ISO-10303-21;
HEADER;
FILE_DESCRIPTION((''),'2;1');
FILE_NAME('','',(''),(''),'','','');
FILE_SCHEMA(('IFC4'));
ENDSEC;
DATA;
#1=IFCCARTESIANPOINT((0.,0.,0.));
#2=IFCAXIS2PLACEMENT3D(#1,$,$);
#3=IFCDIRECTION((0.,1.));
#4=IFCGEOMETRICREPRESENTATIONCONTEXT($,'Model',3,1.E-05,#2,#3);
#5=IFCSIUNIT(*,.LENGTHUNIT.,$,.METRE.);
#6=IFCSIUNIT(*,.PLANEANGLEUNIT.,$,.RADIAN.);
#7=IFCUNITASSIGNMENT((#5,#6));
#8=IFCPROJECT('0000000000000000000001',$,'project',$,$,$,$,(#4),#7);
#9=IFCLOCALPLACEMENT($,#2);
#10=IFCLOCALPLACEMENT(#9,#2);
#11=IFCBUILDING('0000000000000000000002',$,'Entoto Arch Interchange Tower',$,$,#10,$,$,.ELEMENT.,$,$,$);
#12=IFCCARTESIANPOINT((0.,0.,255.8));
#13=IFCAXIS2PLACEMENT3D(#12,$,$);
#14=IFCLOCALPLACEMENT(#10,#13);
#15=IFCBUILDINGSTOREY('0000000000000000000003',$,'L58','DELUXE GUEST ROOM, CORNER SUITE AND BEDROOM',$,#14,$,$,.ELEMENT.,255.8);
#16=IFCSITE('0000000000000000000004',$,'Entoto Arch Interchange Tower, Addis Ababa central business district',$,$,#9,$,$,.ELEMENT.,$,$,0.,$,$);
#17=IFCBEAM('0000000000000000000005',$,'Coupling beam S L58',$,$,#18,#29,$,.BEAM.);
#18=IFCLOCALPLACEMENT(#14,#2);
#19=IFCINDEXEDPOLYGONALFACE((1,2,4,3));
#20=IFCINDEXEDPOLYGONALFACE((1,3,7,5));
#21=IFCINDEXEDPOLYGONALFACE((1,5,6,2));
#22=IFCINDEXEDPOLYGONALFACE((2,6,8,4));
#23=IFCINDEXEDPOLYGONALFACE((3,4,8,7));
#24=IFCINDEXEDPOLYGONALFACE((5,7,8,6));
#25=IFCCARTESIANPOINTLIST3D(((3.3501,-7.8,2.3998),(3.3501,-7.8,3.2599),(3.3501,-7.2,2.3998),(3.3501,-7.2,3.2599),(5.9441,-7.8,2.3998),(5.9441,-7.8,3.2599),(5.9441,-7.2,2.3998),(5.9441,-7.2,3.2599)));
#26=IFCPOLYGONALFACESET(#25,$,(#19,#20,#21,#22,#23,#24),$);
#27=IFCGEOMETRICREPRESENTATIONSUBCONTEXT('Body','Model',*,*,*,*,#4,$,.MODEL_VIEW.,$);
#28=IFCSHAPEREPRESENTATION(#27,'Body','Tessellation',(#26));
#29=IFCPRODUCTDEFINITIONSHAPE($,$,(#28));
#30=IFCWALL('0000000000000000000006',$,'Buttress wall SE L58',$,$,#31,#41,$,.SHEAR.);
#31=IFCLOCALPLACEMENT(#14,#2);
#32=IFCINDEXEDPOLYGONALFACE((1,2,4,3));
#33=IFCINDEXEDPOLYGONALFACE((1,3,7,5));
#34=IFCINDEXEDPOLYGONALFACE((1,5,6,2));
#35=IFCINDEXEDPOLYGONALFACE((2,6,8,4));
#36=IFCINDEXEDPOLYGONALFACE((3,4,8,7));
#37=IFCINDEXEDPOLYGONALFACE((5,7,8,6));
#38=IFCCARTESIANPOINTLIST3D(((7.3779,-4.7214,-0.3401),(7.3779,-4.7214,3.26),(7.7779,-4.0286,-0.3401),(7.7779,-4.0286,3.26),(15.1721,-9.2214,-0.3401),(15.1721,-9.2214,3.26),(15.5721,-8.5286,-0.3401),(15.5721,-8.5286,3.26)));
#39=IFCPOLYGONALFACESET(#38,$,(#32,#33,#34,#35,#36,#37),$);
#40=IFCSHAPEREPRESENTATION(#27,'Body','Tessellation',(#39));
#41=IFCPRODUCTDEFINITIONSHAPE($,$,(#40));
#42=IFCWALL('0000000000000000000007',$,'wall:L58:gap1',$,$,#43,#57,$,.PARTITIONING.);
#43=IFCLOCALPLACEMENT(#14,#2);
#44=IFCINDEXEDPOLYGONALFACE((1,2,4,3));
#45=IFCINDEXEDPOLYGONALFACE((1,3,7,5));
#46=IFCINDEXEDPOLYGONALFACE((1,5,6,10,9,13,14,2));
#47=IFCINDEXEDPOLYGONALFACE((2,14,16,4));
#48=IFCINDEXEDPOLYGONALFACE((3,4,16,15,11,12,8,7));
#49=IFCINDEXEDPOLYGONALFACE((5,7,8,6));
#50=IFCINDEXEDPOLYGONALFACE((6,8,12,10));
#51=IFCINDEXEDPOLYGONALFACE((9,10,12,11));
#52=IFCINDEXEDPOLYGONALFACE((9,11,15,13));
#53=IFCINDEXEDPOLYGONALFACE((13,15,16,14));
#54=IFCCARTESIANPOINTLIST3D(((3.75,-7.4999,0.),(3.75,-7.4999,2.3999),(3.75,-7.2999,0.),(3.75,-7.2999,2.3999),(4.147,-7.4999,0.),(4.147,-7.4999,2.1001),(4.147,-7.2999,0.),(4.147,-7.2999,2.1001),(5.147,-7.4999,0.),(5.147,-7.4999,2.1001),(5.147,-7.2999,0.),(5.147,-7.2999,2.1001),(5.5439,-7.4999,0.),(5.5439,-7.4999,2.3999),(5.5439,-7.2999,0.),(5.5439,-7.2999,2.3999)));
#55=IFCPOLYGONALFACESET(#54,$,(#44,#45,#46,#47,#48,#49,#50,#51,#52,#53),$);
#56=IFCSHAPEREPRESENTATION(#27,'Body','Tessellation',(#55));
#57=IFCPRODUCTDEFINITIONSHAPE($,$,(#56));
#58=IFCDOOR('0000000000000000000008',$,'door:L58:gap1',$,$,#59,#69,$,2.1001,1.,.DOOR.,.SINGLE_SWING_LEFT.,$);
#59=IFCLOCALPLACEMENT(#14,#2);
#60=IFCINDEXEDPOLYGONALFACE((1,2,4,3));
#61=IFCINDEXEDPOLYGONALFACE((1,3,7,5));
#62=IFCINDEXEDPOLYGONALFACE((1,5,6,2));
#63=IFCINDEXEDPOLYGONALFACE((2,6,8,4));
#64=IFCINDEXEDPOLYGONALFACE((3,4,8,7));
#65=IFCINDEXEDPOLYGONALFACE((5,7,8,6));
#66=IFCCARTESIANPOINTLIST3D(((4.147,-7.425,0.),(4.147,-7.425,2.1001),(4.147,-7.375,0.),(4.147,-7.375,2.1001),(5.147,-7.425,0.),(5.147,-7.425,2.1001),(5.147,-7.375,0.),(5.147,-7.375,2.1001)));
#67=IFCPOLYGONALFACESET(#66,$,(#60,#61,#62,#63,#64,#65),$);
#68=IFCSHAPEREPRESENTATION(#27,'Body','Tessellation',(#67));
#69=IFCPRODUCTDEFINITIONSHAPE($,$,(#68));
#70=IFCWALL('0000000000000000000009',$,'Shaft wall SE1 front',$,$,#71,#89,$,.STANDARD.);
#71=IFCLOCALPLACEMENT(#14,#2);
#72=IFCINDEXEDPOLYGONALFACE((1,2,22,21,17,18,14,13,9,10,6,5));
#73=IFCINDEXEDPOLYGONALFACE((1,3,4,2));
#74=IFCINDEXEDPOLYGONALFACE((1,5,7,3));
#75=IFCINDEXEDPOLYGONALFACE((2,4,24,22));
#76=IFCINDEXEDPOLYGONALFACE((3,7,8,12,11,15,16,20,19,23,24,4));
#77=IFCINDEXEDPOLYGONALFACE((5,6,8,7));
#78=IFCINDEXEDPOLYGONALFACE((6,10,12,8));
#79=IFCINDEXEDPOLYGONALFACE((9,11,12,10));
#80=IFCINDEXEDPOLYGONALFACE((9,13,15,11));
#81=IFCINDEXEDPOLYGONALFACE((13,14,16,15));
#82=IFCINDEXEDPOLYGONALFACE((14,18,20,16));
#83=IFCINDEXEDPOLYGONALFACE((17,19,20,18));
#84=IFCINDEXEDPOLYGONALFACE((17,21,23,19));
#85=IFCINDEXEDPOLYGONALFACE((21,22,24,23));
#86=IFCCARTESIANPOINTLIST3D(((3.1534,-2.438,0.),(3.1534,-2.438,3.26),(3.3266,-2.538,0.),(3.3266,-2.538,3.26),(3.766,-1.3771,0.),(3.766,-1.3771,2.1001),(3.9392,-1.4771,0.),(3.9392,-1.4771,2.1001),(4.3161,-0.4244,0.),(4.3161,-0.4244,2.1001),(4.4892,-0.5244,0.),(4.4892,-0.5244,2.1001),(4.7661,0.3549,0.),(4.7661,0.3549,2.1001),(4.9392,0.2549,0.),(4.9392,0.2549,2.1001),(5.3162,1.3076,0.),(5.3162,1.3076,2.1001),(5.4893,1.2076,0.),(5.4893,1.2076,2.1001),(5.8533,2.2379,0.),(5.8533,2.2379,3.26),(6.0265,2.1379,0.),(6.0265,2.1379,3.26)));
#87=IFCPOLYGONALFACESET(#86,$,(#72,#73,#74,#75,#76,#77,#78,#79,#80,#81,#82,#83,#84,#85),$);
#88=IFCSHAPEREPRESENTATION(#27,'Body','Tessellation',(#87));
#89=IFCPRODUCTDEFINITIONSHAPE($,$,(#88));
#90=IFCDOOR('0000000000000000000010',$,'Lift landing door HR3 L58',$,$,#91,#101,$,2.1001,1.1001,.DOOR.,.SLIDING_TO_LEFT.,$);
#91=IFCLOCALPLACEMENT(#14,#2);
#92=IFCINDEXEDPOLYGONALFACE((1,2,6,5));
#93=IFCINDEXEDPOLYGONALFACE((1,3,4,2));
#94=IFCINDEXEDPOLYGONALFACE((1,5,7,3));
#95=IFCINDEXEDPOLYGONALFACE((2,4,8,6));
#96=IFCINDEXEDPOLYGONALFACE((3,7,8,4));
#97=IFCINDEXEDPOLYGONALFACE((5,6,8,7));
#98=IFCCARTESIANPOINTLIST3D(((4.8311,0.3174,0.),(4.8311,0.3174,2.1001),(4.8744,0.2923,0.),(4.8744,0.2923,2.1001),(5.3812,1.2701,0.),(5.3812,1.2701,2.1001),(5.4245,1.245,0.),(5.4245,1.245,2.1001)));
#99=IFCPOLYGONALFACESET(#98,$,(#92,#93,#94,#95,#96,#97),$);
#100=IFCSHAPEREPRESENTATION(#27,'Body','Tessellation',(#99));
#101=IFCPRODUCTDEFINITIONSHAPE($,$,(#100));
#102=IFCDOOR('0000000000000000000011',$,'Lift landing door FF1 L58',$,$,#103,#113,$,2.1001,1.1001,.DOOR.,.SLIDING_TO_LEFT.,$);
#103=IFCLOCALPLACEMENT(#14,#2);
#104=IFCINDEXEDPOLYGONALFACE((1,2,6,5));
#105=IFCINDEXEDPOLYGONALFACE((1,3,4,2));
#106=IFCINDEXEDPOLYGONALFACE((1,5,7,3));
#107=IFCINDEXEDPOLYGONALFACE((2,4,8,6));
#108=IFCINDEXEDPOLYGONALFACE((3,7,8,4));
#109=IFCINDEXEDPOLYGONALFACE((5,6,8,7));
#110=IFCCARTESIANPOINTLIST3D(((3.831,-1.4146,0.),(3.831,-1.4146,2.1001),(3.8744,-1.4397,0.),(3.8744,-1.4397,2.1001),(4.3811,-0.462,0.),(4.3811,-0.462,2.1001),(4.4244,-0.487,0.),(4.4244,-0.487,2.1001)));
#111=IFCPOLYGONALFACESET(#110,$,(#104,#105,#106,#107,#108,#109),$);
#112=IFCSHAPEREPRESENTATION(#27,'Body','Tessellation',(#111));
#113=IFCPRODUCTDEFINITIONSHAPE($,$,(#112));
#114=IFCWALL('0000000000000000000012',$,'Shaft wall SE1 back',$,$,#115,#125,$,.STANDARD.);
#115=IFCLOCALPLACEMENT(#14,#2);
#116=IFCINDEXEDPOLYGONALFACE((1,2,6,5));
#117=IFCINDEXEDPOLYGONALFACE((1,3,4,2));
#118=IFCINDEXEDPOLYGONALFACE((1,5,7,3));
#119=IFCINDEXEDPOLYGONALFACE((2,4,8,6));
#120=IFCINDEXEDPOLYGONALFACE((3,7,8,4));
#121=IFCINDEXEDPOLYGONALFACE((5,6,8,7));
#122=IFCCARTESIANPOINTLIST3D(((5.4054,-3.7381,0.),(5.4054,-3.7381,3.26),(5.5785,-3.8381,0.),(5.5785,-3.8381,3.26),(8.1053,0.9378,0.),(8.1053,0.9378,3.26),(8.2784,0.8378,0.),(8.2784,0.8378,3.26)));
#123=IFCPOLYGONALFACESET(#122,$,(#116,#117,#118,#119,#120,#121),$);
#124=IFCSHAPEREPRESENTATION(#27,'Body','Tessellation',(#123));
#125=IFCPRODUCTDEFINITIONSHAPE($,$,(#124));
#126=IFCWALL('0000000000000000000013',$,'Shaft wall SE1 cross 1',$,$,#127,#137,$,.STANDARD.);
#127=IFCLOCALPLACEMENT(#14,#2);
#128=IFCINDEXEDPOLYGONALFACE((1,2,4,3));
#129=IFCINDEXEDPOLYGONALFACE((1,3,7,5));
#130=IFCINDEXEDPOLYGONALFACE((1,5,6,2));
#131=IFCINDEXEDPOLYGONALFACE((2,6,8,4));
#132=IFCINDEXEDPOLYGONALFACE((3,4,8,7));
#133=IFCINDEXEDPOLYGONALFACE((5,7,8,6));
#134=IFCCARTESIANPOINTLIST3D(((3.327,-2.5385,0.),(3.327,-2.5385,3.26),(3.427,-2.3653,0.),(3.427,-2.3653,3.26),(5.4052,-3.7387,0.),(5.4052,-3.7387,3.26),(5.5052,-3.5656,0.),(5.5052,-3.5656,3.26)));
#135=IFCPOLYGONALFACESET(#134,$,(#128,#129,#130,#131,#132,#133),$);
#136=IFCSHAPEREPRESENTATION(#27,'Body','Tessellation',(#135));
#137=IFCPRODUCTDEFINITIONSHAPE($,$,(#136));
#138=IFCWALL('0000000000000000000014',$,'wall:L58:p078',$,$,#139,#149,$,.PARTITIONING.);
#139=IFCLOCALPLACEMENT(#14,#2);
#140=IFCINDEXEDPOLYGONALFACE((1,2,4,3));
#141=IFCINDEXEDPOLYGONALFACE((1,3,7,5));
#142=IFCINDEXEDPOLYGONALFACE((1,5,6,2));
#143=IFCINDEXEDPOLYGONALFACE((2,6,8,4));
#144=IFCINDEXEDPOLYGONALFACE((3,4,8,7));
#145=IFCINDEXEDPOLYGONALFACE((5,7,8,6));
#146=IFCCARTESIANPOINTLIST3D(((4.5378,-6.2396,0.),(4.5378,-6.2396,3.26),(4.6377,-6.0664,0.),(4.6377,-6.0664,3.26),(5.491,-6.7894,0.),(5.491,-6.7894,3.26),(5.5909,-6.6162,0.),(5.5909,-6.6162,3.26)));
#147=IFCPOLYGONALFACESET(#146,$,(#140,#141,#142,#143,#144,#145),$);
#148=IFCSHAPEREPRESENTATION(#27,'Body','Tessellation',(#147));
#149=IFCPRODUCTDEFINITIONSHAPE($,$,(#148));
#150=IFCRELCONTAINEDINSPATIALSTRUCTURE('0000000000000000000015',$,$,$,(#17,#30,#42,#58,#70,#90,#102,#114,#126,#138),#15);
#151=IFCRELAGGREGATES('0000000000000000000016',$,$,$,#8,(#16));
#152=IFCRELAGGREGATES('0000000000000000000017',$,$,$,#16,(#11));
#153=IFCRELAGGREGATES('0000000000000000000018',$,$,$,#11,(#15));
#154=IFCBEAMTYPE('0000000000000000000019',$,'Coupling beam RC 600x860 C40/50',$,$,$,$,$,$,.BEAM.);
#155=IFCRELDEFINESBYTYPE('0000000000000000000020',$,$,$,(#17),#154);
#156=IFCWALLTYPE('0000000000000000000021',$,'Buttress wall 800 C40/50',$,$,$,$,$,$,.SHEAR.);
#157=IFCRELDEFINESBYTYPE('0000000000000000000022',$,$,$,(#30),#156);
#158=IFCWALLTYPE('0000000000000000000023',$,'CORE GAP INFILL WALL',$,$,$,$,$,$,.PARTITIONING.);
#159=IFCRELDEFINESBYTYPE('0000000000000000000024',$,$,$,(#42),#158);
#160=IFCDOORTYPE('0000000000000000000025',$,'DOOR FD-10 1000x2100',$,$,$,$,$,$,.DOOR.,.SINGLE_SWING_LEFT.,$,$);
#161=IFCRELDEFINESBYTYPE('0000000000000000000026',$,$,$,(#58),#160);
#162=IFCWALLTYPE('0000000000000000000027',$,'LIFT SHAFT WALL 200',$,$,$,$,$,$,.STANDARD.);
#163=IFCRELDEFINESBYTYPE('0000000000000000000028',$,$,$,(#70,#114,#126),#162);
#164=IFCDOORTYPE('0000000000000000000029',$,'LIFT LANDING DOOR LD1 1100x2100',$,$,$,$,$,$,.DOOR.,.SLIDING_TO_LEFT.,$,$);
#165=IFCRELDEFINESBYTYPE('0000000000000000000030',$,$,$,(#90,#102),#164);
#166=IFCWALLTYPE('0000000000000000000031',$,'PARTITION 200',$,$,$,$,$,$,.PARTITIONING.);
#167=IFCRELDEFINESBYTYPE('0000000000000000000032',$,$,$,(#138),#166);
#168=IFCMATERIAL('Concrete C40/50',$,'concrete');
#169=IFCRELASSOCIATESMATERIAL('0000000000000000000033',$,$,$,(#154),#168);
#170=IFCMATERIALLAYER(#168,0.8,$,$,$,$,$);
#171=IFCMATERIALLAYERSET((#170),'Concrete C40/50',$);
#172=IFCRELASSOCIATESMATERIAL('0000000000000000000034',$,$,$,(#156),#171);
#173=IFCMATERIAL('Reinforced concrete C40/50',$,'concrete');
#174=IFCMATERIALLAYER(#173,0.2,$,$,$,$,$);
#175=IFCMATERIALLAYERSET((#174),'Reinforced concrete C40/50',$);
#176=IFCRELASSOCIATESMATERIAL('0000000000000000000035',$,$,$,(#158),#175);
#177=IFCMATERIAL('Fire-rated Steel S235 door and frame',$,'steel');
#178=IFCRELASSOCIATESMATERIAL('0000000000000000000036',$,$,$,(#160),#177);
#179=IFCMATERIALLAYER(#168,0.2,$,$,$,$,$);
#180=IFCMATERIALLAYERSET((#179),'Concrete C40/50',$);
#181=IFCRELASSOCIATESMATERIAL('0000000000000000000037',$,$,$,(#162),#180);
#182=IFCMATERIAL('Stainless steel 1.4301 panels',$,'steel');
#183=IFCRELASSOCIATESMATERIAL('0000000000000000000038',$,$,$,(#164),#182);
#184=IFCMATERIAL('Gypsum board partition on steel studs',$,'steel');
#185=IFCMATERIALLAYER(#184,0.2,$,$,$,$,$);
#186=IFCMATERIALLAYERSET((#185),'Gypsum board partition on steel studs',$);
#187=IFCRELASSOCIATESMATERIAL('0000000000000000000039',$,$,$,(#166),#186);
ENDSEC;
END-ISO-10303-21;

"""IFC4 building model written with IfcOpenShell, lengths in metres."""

from ifc_helpers import new_model, si_unit, direction, frame, frame_2d, origin, origin_2d, place, context, subcontext, project, spatial, rectangle, extrude, material, layer, layer_set, material_profile, profile_set, type_object, element, fill, save


model = new_model("IFC4")

# Units and contexts
model_context = context("Model", 3, precision=1e-05, world=origin(), true_north=direction((0.0, 1.0)))
body_context = subcontext(model_context, "Body", "Model", "MODEL_VIEW")
ifc_project = project(units=[si_unit("LENGTHUNIT", "METRE"), si_unit("PLANEANGLEUNIT", "RADIAN")], contexts=[model_context])

# Site, building, storey
site_placement = place(None, origin())
site = spatial("IfcSite", under=ifc_project, at=site_placement, Name="Entoto Arch Interchange Tower, Addis Ababa central business district", CompositionType="ELEMENT", RefElevation=0.0)
building_placement = place(site_placement, origin())
building = spatial("IfcBuilding", under=site, at=building_placement, Name="Entoto Arch Interchange Tower", CompositionType="ELEMENT")
storey_placement = place(building_placement, frame((0.0, 0.0, 255.8)))
storey = spatial("IfcBuildingStorey", under=building, at=storey_placement, Name="L58", Description="DELUXE GUEST ROOM, CORNER SUITE AND BEDROOM", CompositionType="ELEMENT", Elevation=255.8)

# Beam
ifc_material_1 = material(Name="Concrete C40/50", Category="concrete")
ifc_material_profile = material_profile(ifc_material_1, rectangle(XDim=0.6001, YDim=0.8601, at=origin_2d()))
ifc_profile_set = profile_set([ifc_material_profile], Name="Concrete C40/50")
beam_type = type_object("IfcBeamType", Name="Coupling beam RC 600x860 C40/50", PredefinedType="BEAM", material=ifc_profile_set)
beam_placement = place(storey_placement, frame((3.3501, -7.5, 2.8298), z_axis=(1.0, 0.0, 0.0), x_axis=(0.0, 1.0, 0.0)))
element("IfcBeam", 1, at=beam_placement, inside=storey, type_object=beam_type, Name="Coupling beam S L58", PredefinedType="BEAM", context=body_context, shape_type="SweptSolid", body=[
    extrude(rectangle(XDim=0.6001, YDim=0.8601, at=origin_2d()), origin(), (0.0, 0.0, 1.0), 2.594),
])

# Wall
ifc_layer_1 = layer(ifc_material_1, 0.8)
ifc_layer_set_1 = layer_set([ifc_layer_1], Name="Concrete C40/50")
wall_type_1 = type_object("IfcWallType", Name="Buttress wall 800 C40/50", PredefinedType="SHEAR", material=ifc_layer_set_1)
wall_1_placement = place(storey_placement, frame((7.5779, -4.375, -0.3401), z_axis=(0.0, 0.0, 1.0), x_axis=(0.866024, -0.500002, 0.0)))
element("IfcWall", 2, at=wall_1_placement, inside=storey, type_object=wall_type_1, Name="Buttress wall SE L58", PredefinedType="SHEAR", context=body_context, shape_type="SweptSolid", body=[
    extrude(rectangle(XDim=9.0, YDim=0.8, at=frame_2d((4.5, 0.0))), origin(), (0.0, 0.0, 1.0), 3.6001),
])

# Wall, opening, door
ifc_material_2 = material(Name="Reinforced concrete C40/50", Category="concrete")
ifc_layer_2 = layer(ifc_material_2, 0.2)
ifc_layer_set_2 = layer_set([ifc_layer_2], Name="Reinforced concrete C40/50")
wall_type_2 = type_object("IfcWallType", Name="CORE GAP INFILL WALL", PredefinedType="PARTITIONING", material=ifc_layer_set_2)
wall_2_placement = place(storey_placement, frame((3.75, -7.3999, 0.0), z_axis=(0.0, 0.0, 1.0), x_axis=(1.0, 0.0, 0.0)))
wall_2 = element("IfcWall", 3, at=wall_2_placement, inside=storey, type_object=wall_type_2, Name="wall:L58:gap1", PredefinedType="PARTITIONING", context=body_context, shape_type="SweptSolid", body=[
    extrude(rectangle(XDim=1.7939, YDim=0.2, at=frame_2d((0.897, 0.0))), origin(), (0.0, 0.0, 1.0), 2.3999),
])
opening_1_placement = place(wall_2_placement, frame((0.397, 0.0, 0.0)))
opening_1 = element("IfcOpeningElement", 4, at=opening_1_placement, cuts=wall_2, PredefinedType="OPENING", context=body_context, shape_type="SweptSolid", body=[
    extrude(rectangle(XDim=1.0, YDim=2.1001, at=frame_2d((0.5, 1.05))), frame((0.0, 0.1099, 0.0), z_axis=(0.0, -1.0, 0.0), x_axis=(1.0, 0.0, 0.0)), (0.0, 0.0, 1.0), 0.22),
])
ifc_material_3 = material(Name="Fire-rated Steel S235 door and frame", Category="steel")
door_type_1 = type_object("IfcDoorType", Name="DOOR FD-10 1000x2100", OperationType="SINGLE_SWING_LEFT", PredefinedType="DOOR", material=ifc_material_3)
door_1_placement = place(opening_1_placement, origin())
door_1 = element("IfcDoor", 5, at=door_1_placement, inside=storey, type_object=door_type_1, Name="door:L58:gap1", OperationType="SINGLE_SWING_LEFT", OverallHeight=2.1001, OverallWidth=1.0, PredefinedType="DOOR", context=body_context, shape_type="SweptSolid", body=[
    extrude(rectangle(XDim=1.0, YDim=2.1001, at=frame_2d((0.5, 1.05))), frame((0.0, 0.0249, 0.0), z_axis=(0.0, -1.0, 0.0), x_axis=(1.0, 0.0, 0.0)), (0.0, 0.0, 1.0), 0.05),
])
fill(opening_1, door_1)

# Wall, openings, doors
ifc_layer_3 = layer(ifc_material_1, 0.2)
ifc_layer_set_3 = layer_set([ifc_layer_3], Name="Concrete C40/50")
wall_type_3 = type_object("IfcWallType", Name="LIFT SHAFT WALL 200", PredefinedType="STANDARD", material=ifc_layer_set_3)
wall_3_placement = place(storey_placement, frame((3.24, -2.488, 0.0), z_axis=(0.0, 0.0, 1.0), x_axis=(0.500034, 0.866006, 0.0)))
wall_3 = element("IfcWall", 6, at=wall_3_placement, inside=storey, type_object=wall_type_3, Name="Shaft wall SE1 front", PredefinedType="STANDARD", context=body_context, shape_type="SweptSolid", body=[
    extrude(rectangle(XDim=5.3994, YDim=0.2, at=frame_2d((2.6997, 0.0))), origin(), (0.0, 0.0, 1.0), 3.26),
])
opening_2_placement = place(wall_3_placement, frame((3.2251, 0.0, 0.0)))
opening_2 = element("IfcOpeningElement", 7, at=opening_2_placement, cuts=wall_3, PredefinedType="OPENING", context=body_context, shape_type="SweptSolid", body=[
    extrude(rectangle(XDim=1.1001, YDim=2.1001, at=frame_2d((0.55, 1.05))), frame((0.0, 0.1099, 0.0), z_axis=(0.0, -1.0, 0.0), x_axis=(1.0, 0.0, 0.0)), (0.0, 0.0, 1.0), 0.22),
])
opening_3_placement = place(wall_3_placement, frame((1.2251, 0.0, 0.0)))
opening_3 = element("IfcOpeningElement", 8, at=opening_3_placement, cuts=wall_3, PredefinedType="OPENING", context=body_context, shape_type="SweptSolid", body=[
    extrude(rectangle(XDim=1.1001, YDim=2.1001, at=frame_2d((0.55, 1.05))), frame((0.0, 0.1099, 0.0), z_axis=(0.0, -1.0, 0.0), x_axis=(1.0, 0.0, 0.0)), (0.0, 0.0, 1.0), 0.22),
])
ifc_material_4 = material(Name="Stainless steel 1.4301 panels", Category="steel")
door_type_2 = type_object("IfcDoorType", Name="LIFT LANDING DOOR LD1 1100x2100", OperationType="SLIDING_TO_LEFT", PredefinedType="DOOR", material=ifc_material_4)
door_2_placement = place(opening_2_placement, origin())
door_2 = element("IfcDoor", 9, at=door_2_placement, inside=storey, type_object=door_type_2, Name="Lift landing door HR3 L58", OperationType="SLIDING_TO_LEFT", OverallHeight=2.1001, OverallWidth=1.1001, PredefinedType="DOOR", context=body_context, shape_type="SweptSolid", body=[
    extrude(rectangle(XDim=1.1001, YDim=2.1001, at=frame_2d((0.55, 1.05))), frame((0.0, 0.0249, 0.0), z_axis=(0.0, -1.0, 0.0), x_axis=(1.0, 0.0, 0.0)), (0.0, 0.0, 1.0), 0.05),
])
fill(opening_2, door_2)
door_3_placement = place(opening_3_placement, origin())
door_3 = element("IfcDoor", 10, at=door_3_placement, inside=storey, type_object=door_type_2, Name="Lift landing door FF1 L58", OperationType="SLIDING_TO_LEFT", OverallHeight=2.1001, OverallWidth=1.1001, PredefinedType="DOOR", context=body_context, shape_type="SweptSolid", body=[
    extrude(rectangle(XDim=1.1001, YDim=2.1001, at=frame_2d((0.55, 1.05))), frame((0.0, 0.0249, 0.0), z_axis=(0.0, -1.0, 0.0), x_axis=(1.0, 0.0, 0.0)), (0.0, 0.0, 1.0), 0.05),
])
fill(opening_3, door_3)

# Walls
wall_4_placement = place(storey_placement, frame((5.4919, -3.7881, 0.0), z_axis=(0.0, 0.0, 1.0), x_axis=(0.500034, 0.866006, 0.0)))
element("IfcWall", 11, at=wall_4_placement, inside=storey, type_object=wall_type_3, Name="Shaft wall SE1 back", PredefinedType="STANDARD", context=body_context, shape_type="SweptSolid", body=[
    extrude(rectangle(XDim=5.3994, YDim=0.2, at=frame_2d((2.6997, 0.0))), origin(), (0.0, 0.0, 1.0), 3.26),
])
wall_5_placement = place(storey_placement, frame((3.377, -2.4519, 0.0), z_axis=(0.0, 0.0, 1.0), x_axis=(0.865955, -0.500122, 0.0)))
element("IfcWall", 12, at=wall_5_placement, inside=storey, type_object=wall_type_3, Name="Shaft wall SE1 cross 1", PredefinedType="STANDARD", context=body_context, shape_type="SweptSolid", body=[
    extrude(rectangle(XDim=2.3999, YDim=0.2, at=frame_2d((1.2, 0.0))), origin(), (0.0, 0.0, 1.0), 3.26),
])
ifc_material_5 = material(Name="Gypsum board partition on steel studs", Category="steel")
ifc_layer_4 = layer(ifc_material_5, 0.2)
ifc_layer_set_4 = layer_set([ifc_layer_4], Name="Gypsum board partition on steel studs")
wall_type_4 = type_object("IfcWallType", Name="PARTITION 200", PredefinedType="PARTITIONING", material=ifc_layer_set_4)
wall_6_placement = place(storey_placement, frame((5.541, -6.7029, 0.0), z_axis=(0.0, 0.0, 1.0), x_axis=(-0.866215, 0.499671, 0.0)))
element("IfcWall", 13, at=wall_6_placement, inside=storey, type_object=wall_type_4, Name="wall:L58:p078", PredefinedType="PARTITIONING", context=body_context, shape_type="SweptSolid", body=[
    extrude(rectangle(XDim=1.1003, YDim=0.2, at=frame_2d((0.5503, 0.0))), origin(), (0.0, 0.0, 1.0), 3.26),
])

save(model, "model.ifc")
